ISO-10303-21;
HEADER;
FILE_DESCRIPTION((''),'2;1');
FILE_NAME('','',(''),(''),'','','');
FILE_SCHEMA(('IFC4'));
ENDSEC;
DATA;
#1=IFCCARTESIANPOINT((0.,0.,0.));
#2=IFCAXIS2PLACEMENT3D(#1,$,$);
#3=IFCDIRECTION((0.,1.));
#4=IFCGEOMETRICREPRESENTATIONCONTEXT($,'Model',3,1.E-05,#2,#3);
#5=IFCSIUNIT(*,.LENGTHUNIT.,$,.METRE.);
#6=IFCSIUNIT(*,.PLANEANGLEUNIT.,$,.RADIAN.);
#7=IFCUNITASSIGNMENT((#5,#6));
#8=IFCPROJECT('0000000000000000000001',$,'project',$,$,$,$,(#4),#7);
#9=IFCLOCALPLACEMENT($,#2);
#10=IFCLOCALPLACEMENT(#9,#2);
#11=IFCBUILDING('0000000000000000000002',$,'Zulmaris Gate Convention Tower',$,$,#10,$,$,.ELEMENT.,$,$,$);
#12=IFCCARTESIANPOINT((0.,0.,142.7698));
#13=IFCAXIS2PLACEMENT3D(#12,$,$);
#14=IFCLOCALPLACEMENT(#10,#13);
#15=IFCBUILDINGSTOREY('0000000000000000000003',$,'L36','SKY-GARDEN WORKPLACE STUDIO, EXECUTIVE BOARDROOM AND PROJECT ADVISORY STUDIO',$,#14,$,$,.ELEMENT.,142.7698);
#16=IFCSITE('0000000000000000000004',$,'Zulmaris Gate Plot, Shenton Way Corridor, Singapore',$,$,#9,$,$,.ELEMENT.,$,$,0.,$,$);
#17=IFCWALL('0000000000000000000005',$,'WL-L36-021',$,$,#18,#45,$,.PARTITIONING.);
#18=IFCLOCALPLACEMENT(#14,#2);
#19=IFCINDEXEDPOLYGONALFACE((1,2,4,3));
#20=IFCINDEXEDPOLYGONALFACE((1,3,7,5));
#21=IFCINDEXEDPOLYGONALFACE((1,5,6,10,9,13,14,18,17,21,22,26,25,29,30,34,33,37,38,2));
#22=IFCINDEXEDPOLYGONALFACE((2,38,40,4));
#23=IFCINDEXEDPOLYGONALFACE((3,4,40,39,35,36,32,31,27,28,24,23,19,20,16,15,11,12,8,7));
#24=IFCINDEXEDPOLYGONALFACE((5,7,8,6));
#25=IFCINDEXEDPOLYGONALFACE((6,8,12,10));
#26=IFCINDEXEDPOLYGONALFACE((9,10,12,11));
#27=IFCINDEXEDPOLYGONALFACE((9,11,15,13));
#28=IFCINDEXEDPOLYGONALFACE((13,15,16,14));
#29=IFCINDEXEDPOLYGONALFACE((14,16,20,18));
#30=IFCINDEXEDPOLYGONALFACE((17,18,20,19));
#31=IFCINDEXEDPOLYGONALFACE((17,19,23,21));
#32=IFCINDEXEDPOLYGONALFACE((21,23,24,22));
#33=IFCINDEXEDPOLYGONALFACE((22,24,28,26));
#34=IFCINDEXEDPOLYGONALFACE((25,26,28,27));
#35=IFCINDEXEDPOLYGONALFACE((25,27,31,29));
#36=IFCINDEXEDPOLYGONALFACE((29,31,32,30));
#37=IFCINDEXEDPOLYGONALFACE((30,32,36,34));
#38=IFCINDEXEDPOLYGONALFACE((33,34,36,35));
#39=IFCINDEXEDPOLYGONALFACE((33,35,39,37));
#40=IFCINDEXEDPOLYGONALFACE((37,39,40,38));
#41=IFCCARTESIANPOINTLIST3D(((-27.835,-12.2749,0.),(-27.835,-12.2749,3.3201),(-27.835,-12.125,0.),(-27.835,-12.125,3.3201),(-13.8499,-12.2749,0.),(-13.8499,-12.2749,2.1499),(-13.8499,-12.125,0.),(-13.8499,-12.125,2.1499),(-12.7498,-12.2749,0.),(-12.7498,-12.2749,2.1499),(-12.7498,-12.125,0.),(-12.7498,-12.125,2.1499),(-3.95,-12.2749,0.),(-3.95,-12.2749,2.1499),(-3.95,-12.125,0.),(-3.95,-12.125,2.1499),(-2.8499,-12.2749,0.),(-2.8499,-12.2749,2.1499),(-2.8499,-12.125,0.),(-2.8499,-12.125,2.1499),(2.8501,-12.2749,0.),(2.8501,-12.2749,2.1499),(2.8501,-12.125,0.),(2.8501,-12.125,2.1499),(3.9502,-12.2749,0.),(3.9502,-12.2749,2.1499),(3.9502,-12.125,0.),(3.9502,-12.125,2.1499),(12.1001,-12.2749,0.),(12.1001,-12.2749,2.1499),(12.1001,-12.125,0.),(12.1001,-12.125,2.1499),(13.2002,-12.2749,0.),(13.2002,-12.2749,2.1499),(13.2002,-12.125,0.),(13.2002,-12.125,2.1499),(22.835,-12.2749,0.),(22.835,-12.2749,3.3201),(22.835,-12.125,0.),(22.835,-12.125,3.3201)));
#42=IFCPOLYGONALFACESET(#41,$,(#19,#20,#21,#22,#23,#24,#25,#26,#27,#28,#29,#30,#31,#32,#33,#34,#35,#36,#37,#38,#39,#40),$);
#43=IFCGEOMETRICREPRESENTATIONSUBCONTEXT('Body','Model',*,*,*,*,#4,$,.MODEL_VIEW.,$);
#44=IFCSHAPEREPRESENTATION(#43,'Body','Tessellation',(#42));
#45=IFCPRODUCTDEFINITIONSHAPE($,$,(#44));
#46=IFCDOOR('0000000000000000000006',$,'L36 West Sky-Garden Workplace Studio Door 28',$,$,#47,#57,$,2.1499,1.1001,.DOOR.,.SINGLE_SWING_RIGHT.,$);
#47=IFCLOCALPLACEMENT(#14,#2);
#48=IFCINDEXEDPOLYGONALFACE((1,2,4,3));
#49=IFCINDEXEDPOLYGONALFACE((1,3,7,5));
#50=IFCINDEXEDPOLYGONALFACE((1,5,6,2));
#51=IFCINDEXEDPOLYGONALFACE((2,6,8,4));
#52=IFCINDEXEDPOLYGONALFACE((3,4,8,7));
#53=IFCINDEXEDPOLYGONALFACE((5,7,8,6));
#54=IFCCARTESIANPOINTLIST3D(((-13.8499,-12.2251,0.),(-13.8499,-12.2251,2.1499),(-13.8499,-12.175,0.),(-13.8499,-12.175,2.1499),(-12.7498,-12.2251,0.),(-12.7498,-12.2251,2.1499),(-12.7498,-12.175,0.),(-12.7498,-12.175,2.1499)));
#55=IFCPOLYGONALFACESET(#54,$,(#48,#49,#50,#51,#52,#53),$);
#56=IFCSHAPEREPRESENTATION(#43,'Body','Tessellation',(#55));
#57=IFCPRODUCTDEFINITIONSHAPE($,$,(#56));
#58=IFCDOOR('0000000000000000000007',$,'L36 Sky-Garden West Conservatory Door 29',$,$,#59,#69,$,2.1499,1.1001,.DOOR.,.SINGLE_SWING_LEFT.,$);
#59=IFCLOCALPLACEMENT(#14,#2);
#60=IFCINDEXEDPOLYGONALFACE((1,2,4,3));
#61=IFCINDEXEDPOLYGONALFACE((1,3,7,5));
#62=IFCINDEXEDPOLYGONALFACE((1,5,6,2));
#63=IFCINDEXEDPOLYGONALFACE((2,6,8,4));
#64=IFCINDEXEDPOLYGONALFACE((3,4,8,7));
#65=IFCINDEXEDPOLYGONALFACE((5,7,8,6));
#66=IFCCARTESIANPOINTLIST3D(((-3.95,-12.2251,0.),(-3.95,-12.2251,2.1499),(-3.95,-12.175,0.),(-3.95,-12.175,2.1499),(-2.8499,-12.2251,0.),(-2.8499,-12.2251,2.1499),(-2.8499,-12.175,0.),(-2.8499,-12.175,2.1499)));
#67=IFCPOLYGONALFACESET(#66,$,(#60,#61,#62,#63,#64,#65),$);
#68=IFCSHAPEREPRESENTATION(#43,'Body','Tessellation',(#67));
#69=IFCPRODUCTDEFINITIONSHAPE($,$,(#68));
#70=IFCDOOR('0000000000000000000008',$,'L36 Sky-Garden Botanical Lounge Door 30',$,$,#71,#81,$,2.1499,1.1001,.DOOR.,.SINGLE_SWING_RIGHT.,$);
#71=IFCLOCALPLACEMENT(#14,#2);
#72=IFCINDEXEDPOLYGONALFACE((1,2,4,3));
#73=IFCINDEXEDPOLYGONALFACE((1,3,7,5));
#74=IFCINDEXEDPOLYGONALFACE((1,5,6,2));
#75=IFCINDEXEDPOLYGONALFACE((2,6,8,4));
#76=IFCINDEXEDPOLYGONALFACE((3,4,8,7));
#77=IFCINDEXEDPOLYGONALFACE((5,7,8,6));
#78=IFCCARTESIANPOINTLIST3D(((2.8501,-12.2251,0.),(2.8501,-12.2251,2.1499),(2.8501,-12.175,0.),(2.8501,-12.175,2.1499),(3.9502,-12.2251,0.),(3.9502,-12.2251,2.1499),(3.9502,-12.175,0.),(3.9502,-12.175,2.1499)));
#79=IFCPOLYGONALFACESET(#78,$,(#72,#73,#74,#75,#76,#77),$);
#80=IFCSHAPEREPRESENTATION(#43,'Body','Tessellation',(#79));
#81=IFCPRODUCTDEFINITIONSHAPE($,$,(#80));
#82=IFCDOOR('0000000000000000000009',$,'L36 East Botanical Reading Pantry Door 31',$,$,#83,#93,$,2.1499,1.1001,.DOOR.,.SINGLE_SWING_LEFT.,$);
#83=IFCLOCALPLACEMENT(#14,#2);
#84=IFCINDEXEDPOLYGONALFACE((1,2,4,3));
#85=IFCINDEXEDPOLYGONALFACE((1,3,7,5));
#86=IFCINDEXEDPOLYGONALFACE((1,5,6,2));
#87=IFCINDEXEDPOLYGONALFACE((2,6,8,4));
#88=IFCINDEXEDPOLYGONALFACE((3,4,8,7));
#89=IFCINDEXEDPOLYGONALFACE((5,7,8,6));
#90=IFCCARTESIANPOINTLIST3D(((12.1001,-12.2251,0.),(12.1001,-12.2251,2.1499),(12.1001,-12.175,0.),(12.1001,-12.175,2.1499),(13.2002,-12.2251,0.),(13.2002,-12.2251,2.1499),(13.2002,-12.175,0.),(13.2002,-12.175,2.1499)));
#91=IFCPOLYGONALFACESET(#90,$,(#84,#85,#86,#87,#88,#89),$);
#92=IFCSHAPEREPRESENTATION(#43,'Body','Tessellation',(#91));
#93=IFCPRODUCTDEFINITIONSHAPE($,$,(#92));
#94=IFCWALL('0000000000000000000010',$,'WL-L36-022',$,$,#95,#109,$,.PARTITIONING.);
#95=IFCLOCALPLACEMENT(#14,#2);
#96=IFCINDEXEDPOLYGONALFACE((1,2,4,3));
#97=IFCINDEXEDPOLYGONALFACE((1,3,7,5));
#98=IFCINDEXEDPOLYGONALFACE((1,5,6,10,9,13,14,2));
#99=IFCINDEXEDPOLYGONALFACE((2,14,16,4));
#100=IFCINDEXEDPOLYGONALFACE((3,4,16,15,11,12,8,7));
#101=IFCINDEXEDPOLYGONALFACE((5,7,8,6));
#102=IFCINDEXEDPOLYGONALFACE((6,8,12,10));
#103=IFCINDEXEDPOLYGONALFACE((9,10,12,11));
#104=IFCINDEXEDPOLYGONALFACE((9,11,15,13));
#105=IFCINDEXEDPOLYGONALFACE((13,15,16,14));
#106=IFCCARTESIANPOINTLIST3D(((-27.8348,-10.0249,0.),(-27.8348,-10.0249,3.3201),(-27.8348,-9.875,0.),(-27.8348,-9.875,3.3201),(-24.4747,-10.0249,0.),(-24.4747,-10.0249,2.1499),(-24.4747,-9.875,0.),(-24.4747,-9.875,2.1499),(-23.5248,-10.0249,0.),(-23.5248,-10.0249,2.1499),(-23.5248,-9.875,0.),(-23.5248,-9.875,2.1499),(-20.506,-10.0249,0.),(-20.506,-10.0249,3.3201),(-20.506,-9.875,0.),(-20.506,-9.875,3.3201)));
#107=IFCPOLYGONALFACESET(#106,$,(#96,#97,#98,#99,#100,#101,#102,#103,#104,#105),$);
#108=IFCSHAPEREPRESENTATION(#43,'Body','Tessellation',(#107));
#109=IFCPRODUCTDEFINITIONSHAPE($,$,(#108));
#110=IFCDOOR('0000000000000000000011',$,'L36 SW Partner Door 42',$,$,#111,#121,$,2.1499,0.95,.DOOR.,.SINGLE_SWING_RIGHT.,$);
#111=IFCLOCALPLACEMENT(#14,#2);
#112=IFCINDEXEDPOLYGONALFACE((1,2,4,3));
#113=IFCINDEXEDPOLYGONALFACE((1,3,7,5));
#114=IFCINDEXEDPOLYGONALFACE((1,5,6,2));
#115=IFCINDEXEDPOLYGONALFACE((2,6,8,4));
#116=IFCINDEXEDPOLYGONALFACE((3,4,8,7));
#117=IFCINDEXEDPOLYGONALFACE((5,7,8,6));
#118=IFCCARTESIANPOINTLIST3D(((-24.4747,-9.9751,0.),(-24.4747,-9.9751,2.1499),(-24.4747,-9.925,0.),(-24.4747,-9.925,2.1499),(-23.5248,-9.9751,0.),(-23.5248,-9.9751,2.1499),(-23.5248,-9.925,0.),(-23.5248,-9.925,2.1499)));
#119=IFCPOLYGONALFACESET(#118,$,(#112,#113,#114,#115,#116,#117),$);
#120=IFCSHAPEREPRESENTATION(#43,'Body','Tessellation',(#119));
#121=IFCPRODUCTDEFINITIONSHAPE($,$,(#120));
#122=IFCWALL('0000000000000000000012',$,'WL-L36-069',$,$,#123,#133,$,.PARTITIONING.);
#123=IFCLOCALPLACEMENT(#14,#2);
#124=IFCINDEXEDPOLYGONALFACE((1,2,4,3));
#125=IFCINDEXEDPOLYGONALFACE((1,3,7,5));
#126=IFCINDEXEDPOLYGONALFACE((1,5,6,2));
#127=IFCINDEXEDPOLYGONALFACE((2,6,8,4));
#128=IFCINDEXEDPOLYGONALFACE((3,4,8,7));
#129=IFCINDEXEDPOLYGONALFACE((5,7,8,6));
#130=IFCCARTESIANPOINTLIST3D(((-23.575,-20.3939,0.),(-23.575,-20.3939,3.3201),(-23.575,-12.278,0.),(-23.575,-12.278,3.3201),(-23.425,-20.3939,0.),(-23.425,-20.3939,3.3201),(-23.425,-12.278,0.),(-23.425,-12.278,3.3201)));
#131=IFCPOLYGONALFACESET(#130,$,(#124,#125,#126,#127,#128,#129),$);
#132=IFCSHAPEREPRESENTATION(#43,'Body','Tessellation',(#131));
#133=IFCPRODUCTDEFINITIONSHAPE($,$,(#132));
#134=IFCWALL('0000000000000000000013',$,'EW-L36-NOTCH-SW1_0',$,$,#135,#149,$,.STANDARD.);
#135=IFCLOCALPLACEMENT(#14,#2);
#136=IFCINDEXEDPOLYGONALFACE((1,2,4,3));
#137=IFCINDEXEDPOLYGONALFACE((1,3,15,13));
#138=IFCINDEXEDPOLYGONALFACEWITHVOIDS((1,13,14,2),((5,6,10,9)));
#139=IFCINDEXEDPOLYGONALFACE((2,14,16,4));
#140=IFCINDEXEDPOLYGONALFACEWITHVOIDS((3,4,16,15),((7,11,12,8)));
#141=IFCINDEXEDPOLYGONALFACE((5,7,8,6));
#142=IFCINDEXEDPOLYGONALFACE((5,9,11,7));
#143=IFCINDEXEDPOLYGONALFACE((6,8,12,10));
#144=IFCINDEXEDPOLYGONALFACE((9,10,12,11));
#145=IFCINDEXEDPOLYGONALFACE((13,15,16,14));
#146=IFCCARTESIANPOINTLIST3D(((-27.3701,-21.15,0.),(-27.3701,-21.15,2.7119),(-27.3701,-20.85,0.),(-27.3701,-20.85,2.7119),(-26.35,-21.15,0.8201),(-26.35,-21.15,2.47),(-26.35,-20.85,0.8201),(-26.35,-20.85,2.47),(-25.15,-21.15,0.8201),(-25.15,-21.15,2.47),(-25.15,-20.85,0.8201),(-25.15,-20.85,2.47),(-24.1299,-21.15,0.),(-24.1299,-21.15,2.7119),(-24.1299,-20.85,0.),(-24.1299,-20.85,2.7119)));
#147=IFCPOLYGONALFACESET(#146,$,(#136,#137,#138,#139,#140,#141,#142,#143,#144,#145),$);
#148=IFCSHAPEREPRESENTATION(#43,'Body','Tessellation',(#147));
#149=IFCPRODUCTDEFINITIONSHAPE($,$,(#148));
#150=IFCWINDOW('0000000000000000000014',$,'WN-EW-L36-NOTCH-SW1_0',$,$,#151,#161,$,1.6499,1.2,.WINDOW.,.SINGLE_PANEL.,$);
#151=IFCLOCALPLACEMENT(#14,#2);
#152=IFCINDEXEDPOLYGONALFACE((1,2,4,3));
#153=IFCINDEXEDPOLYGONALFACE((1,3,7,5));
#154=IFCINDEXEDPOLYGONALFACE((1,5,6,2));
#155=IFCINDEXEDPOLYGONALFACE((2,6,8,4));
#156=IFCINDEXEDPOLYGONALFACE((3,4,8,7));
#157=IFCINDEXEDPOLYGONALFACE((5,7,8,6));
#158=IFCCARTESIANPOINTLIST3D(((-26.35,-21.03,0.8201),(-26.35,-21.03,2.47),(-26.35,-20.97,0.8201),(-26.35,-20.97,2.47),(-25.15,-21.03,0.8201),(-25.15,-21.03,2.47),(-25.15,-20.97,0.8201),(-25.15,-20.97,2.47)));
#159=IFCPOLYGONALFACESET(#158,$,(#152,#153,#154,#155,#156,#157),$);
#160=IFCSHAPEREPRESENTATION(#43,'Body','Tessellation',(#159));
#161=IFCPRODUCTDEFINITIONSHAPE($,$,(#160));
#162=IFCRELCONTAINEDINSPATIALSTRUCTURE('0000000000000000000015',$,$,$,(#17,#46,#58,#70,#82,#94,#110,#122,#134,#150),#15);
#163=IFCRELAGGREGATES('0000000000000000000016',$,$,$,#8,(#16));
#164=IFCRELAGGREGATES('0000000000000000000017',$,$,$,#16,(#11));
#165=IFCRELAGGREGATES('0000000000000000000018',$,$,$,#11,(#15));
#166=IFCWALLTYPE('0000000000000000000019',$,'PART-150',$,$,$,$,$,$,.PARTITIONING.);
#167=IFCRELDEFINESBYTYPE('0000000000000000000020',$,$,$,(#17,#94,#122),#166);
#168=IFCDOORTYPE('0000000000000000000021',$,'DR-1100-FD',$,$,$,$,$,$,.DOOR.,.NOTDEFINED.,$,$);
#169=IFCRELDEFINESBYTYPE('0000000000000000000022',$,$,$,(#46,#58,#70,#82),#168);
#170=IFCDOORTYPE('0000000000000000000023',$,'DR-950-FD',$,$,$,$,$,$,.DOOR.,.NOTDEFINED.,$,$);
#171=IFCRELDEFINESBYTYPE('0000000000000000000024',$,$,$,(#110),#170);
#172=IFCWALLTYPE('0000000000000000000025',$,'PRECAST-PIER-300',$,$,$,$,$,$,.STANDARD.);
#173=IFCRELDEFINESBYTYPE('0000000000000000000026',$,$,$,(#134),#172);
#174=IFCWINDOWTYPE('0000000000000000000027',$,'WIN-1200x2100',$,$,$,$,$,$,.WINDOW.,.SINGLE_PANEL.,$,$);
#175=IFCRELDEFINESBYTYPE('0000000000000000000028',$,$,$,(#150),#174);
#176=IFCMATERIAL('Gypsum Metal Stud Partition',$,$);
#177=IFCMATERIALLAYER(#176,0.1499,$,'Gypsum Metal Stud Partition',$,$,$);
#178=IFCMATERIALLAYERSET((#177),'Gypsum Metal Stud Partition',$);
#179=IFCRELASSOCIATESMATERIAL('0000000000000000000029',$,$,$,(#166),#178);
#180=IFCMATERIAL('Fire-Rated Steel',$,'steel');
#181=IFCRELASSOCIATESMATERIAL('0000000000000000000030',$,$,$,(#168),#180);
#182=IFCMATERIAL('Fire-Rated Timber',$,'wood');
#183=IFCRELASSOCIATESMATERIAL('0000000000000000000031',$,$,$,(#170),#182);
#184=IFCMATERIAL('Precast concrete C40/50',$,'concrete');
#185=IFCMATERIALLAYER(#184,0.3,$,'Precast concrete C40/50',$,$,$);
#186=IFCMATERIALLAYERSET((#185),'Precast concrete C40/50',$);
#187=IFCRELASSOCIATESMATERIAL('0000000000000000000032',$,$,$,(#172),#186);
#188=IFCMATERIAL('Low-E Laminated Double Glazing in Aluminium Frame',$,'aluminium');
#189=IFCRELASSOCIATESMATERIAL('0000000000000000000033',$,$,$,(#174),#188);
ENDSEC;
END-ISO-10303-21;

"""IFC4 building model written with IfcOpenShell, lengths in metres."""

from ifc_helpers import new_model, si_unit, direction, frame, frame_2d, origin, place, context, subcontext, project, spatial, rectangle, extrude, material, layer, layer_set, type_object, element, fill, save


model = new_model("IFC4")

# Units and contexts
model_context = context("Model", 3, precision=1e-05, world=origin(), true_north=direction((0.0, 1.0)))
body_context = subcontext(model_context, "Body", "Model", "MODEL_VIEW")
ifc_project = project(units=[si_unit("LENGTHUNIT", "METRE"), si_unit("PLANEANGLEUNIT", "RADIAN")], contexts=[model_context])

# Site, building, storey
site_placement = place(None, origin())
site = spatial("IfcSite", under=ifc_project, at=site_placement, Name="Zulmaris Gate Plot, Shenton Way Corridor, Singapore", CompositionType="ELEMENT", RefElevation=0.0)
building_placement = place(site_placement, origin())
building = spatial("IfcBuilding", under=site, at=building_placement, Name="Zulmaris Gate Convention Tower", CompositionType="ELEMENT")
storey_placement = place(building_placement, frame((0.0, 0.0, 142.7698)))
storey = spatial("IfcBuildingStorey", under=building, at=storey_placement, Name="L36", Description="SKY-GARDEN WORKPLACE STUDIO, EXECUTIVE BOARDROOM AND PROJECT ADVISORY STUDIO", CompositionType="ELEMENT", Elevation=142.7698)

# Shared definitions
ifc_material_1 = material(Name="Fire-Rated Steel", Category="steel")

# Wall, openings, doors
ifc_material_2 = material(Name="Gypsum Metal Stud Partition")
ifc_layer_1 = layer(ifc_material_2, 0.1499, Name="Gypsum Metal Stud Partition")
ifc_layer_set_1 = layer_set([ifc_layer_1], Name="Gypsum Metal Stud Partition")
wall_type_1 = type_object("IfcWallType", Name="PART-150", PredefinedType="PARTITIONING", material=ifc_layer_set_1)
wall_1_placement = place(storey_placement, frame((-27.835, -12.2, 0.0), z_axis=(0.0, 0.0, 1.0), x_axis=(1.0, 0.0, 0.0)))
wall_1 = element("IfcWall", 1, at=wall_1_placement, inside=storey, type_object=wall_type_1, Name="WL-L36-021", PredefinedType="PARTITIONING", context=body_context, shape_type="SweptSolid", body=[
    extrude(rectangle(XDim=50.6699, YDim=0.1499, at=frame_2d((25.335, 0.0))), origin(), (0.0, 0.0, 1.0), 3.3201),
])
opening_1_placement = place(wall_1_placement, frame((13.9851, 0.0, 0.0)))
opening_1 = element("IfcOpeningElement", 2, at=opening_1_placement, cuts=wall_1, PredefinedType="OPENING", context=body_context, shape_type="SweptSolid", body=[
    extrude(rectangle(XDim=1.1001, YDim=2.1499, at=frame_2d((0.55, 1.075))), frame((0.0, 0.085, 0.0), z_axis=(0.0, -1.0, 0.0), x_axis=(1.0, 0.0, 0.0)), (0.0, 0.0, 1.0), 0.1699),
])
opening_2_placement = place(wall_1_placement, frame((23.885, 0.0, 0.0)))
opening_2 = element("IfcOpeningElement", 3, at=opening_2_placement, cuts=wall_1, PredefinedType="OPENING", context=body_context, shape_type="SweptSolid", body=[
    extrude(rectangle(XDim=1.1001, YDim=2.1499, at=frame_2d((0.55, 1.075))), frame((0.0, 0.085, 0.0), z_axis=(0.0, -1.0, 0.0), x_axis=(1.0, 0.0, 0.0)), (0.0, 0.0, 1.0), 0.1699),
])
opening_3_placement = place(wall_1_placement, frame((30.6851, 0.0, 0.0)))
opening_3 = element("IfcOpeningElement", 4, at=opening_3_placement, cuts=wall_1, PredefinedType="OPENING", context=body_context, shape_type="SweptSolid", body=[
    extrude(rectangle(XDim=1.1001, YDim=2.1499, at=frame_2d((0.55, 1.075))), frame((0.0, 0.085, 0.0), z_axis=(0.0, -1.0, 0.0), x_axis=(1.0, 0.0, 0.0)), (0.0, 0.0, 1.0), 0.1699),
])
opening_4_placement = place(wall_1_placement, frame((39.9351, 0.0, 0.0)))
opening_4 = element("IfcOpeningElement", 5, at=opening_4_placement, cuts=wall_1, PredefinedType="OPENING", context=body_context, shape_type="SweptSolid", body=[
    extrude(rectangle(XDim=1.1001, YDim=2.1499, at=frame_2d((0.55, 1.075))), frame((0.0, 0.085, 0.0), z_axis=(0.0, -1.0, 0.0), x_axis=(1.0, 0.0, 0.0)), (0.0, 0.0, 1.0), 0.1699),
])
door_type_1 = type_object("IfcDoorType", Name="DR-1100-FD", OperationType="NOTDEFINED", PredefinedType="DOOR", material=ifc_material_1)
door_1_placement = place(opening_1_placement, origin())
door_1 = element("IfcDoor", 6, at=door_1_placement, inside=storey, type_object=door_type_1, Name="L36 West Sky-Garden Workplace Studio Door 28", OperationType="SINGLE_SWING_RIGHT", OverallHeight=2.1499, OverallWidth=1.1001, PredefinedType="DOOR", context=body_context, shape_type="SweptSolid", body=[
    extrude(rectangle(XDim=1.1001, YDim=2.1499, at=frame_2d((0.55, 1.075))), frame((0.0, 0.0249, 0.0), z_axis=(0.0, -1.0, 0.0), x_axis=(1.0, 0.0, 0.0)), (0.0, 0.0, 1.0), 0.05),
])
fill(opening_1, door_1)
door_2_placement = place(opening_2_placement, origin())
door_2 = element("IfcDoor", 7, at=door_2_placement, inside=storey, type_object=door_type_1, Name="L36 Sky-Garden West Conservatory Door 29", OperationType="SINGLE_SWING_LEFT", OverallHeight=2.1499, OverallWidth=1.1001, PredefinedType="DOOR", context=body_context, shape_type="SweptSolid", body=[
    extrude(rectangle(XDim=1.1001, YDim=2.1499, at=frame_2d((0.55, 1.075))), frame((0.0, 0.0249, 0.0), z_axis=(0.0, -1.0, 0.0), x_axis=(1.0, 0.0, 0.0)), (0.0, 0.0, 1.0), 0.05),
])
fill(opening_2, door_2)
door_3_placement = place(opening_3_placement, origin())
door_3 = element("IfcDoor", 8, at=door_3_placement, inside=storey, type_object=door_type_1, Name="L36 Sky-Garden Botanical Lounge Door 30", OperationType="SINGLE_SWING_RIGHT", OverallHeight=2.1499, OverallWidth=1.1001, PredefinedType="DOOR", context=body_context, shape_type="SweptSolid", body=[
    extrude(rectangle(XDim=1.1001, YDim=2.1499, at=frame_2d((0.55, 1.075))), frame((0.0, 0.0249, 0.0), z_axis=(0.0, -1.0, 0.0), x_axis=(1.0, 0.0, 0.0)), (0.0, 0.0, 1.0), 0.05),
])
fill(opening_3, door_3)
door_4_placement = place(opening_4_placement, origin())
door_4 = element("IfcDoor", 9, at=door_4_placement, inside=storey, type_object=door_type_1, Name="L36 East Botanical Reading Pantry Door 31", OperationType="SINGLE_SWING_LEFT", OverallHeight=2.1499, OverallWidth=1.1001, PredefinedType="DOOR", context=body_context, shape_type="SweptSolid", body=[
    extrude(rectangle(XDim=1.1001, YDim=2.1499, at=frame_2d((0.55, 1.075))), frame((0.0, 0.0249, 0.0), z_axis=(0.0, -1.0, 0.0), x_axis=(1.0, 0.0, 0.0)), (0.0, 0.0, 1.0), 0.05),
])
fill(opening_4, door_4)

# Wall, opening, door
wall_2_placement = place(storey_placement, frame((-27.835, -9.95, 0.0), z_axis=(0.0, 0.0, 1.0), x_axis=(1.0, 0.0, 0.0)))
wall_2 = element("IfcWall", 10, at=wall_2_placement, inside=storey, type_object=wall_type_1, Name="WL-L36-022", PredefinedType="PARTITIONING", context=body_context, shape_type="SweptSolid", body=[
    extrude(rectangle(XDim=7.3289, YDim=0.1499, at=frame_2d((3.6646, 0.0))), origin(), (0.0, 0.0, 1.0), 3.3201),
])
opening_5_placement = place(wall_2_placement, frame((3.3601, 0.0, 0.0)))
opening_5 = element("IfcOpeningElement", 11, at=opening_5_placement, cuts=wall_2, PredefinedType="OPENING", context=body_context, shape_type="SweptSolid", body=[
    extrude(rectangle(XDim=0.95, YDim=2.1499, at=frame_2d((0.4751, 1.075))), frame((0.0, 0.085, 0.0), z_axis=(0.0, -1.0, 0.0), x_axis=(1.0, 0.0, 0.0)), (0.0, 0.0, 1.0), 0.1699),
])
ifc_material_3 = material(Name="Fire-Rated Timber", Category="wood")
door_type_2 = type_object("IfcDoorType", Name="DR-950-FD", OperationType="NOTDEFINED", PredefinedType="DOOR", material=ifc_material_3)
door_5_placement = place(opening_5_placement, origin())
door_5 = element("IfcDoor", 12, at=door_5_placement, inside=storey, type_object=door_type_2, Name="L36 SW Partner Door 42", OperationType="SINGLE_SWING_RIGHT", OverallHeight=2.1499, OverallWidth=0.95, PredefinedType="DOOR", context=body_context, shape_type="SweptSolid", body=[
    extrude(rectangle(XDim=0.95, YDim=2.1499, at=frame_2d((0.4751, 1.075))), frame((0.0, 0.0249, 0.0), z_axis=(0.0, -1.0, 0.0), x_axis=(1.0, 0.0, 0.0)), (0.0, 0.0, 1.0), 0.05),
])
fill(opening_5, door_5)

# Wall
wall_3_placement = place(storey_placement, frame((-23.5, -20.394, 0.0), z_axis=(0.0, 0.0, 1.0), x_axis=(0.0, 1.0, 0.0)))
element("IfcWall", 13, at=wall_3_placement, inside=storey, type_object=wall_type_1, Name="WL-L36-069", PredefinedType="PARTITIONING", context=body_context, shape_type="SweptSolid", body=[
    extrude(rectangle(XDim=8.116, YDim=0.1499, at=frame_2d((4.0581, 0.0))), origin(), (0.0, 0.0, 1.0), 3.3201),
])

# Wall, opening, window
ifc_material_4 = material(Name="Precast concrete C40/50", Category="concrete")
ifc_layer_2 = layer(ifc_material_4, 0.3, Name="Precast concrete C40/50")
ifc_layer_set_2 = layer_set([ifc_layer_2], Name="Precast concrete C40/50")
wall_type_2 = type_object("IfcWallType", Name="PRECAST-PIER-300", PredefinedType="STANDARD", material=ifc_layer_set_2)
wall_4_placement = place(storey_placement, frame((-27.3701, -21.0, 0.0), z_axis=(0.0, 0.0, 1.0), x_axis=(1.0, 0.0, 0.0)))
wall_4 = element("IfcWall", 14, at=wall_4_placement, inside=storey, type_object=wall_type_2, Name="EW-L36-NOTCH-SW1_0", PredefinedType="STANDARD", context=body_context, shape_type="SweptSolid", body=[
    extrude(rectangle(XDim=3.2402, YDim=0.3, at=frame_2d((1.6201, 0.0))), origin(), (0.0, 0.0, 1.0), 2.7119),
])
opening_6_placement = place(wall_4_placement, frame((1.02, 0.0, 0.8201)))
opening_6 = element("IfcOpeningElement", 15, at=opening_6_placement, cuts=wall_4, PredefinedType="OPENING", context=body_context, shape_type="SweptSolid", body=[
    extrude(rectangle(XDim=1.2, YDim=1.6499, at=frame_2d((0.6001, 0.825))), frame((0.0, 0.1602, 0.0), z_axis=(0.0, -1.0, 0.0), x_axis=(1.0, 0.0, 0.0)), (0.0, 0.0, 1.0), 0.3201),
])
ifc_material_5 = material(Name="Low-E Laminated Double Glazing in Aluminium Frame", Category="aluminium")
window_type = type_object("IfcWindowType", Name="WIN-1200x2100", PartitioningType="SINGLE_PANEL", PredefinedType="WINDOW", material=ifc_material_5)
window_placement = place(opening_6_placement, origin())
window = element("IfcWindow", 16, at=window_placement, inside=storey, type_object=window_type, Name="WN-EW-L36-NOTCH-SW1_0", OverallHeight=1.6499, OverallWidth=1.2, PartitioningType="SINGLE_PANEL", PredefinedType="WINDOW", context=body_context, shape_type="SweptSolid", body=[
    extrude(rectangle(XDim=1.2, YDim=1.6499, at=frame_2d((0.6001, 0.825))), frame((0.0, 0.03, 0.0), z_axis=(0.0, -1.0, 0.0), x_axis=(1.0, 0.0, 0.0)), (0.0, 0.0, 1.0), 0.0601),
])
fill(opening_6, window)

save(model, "model.ifc")
